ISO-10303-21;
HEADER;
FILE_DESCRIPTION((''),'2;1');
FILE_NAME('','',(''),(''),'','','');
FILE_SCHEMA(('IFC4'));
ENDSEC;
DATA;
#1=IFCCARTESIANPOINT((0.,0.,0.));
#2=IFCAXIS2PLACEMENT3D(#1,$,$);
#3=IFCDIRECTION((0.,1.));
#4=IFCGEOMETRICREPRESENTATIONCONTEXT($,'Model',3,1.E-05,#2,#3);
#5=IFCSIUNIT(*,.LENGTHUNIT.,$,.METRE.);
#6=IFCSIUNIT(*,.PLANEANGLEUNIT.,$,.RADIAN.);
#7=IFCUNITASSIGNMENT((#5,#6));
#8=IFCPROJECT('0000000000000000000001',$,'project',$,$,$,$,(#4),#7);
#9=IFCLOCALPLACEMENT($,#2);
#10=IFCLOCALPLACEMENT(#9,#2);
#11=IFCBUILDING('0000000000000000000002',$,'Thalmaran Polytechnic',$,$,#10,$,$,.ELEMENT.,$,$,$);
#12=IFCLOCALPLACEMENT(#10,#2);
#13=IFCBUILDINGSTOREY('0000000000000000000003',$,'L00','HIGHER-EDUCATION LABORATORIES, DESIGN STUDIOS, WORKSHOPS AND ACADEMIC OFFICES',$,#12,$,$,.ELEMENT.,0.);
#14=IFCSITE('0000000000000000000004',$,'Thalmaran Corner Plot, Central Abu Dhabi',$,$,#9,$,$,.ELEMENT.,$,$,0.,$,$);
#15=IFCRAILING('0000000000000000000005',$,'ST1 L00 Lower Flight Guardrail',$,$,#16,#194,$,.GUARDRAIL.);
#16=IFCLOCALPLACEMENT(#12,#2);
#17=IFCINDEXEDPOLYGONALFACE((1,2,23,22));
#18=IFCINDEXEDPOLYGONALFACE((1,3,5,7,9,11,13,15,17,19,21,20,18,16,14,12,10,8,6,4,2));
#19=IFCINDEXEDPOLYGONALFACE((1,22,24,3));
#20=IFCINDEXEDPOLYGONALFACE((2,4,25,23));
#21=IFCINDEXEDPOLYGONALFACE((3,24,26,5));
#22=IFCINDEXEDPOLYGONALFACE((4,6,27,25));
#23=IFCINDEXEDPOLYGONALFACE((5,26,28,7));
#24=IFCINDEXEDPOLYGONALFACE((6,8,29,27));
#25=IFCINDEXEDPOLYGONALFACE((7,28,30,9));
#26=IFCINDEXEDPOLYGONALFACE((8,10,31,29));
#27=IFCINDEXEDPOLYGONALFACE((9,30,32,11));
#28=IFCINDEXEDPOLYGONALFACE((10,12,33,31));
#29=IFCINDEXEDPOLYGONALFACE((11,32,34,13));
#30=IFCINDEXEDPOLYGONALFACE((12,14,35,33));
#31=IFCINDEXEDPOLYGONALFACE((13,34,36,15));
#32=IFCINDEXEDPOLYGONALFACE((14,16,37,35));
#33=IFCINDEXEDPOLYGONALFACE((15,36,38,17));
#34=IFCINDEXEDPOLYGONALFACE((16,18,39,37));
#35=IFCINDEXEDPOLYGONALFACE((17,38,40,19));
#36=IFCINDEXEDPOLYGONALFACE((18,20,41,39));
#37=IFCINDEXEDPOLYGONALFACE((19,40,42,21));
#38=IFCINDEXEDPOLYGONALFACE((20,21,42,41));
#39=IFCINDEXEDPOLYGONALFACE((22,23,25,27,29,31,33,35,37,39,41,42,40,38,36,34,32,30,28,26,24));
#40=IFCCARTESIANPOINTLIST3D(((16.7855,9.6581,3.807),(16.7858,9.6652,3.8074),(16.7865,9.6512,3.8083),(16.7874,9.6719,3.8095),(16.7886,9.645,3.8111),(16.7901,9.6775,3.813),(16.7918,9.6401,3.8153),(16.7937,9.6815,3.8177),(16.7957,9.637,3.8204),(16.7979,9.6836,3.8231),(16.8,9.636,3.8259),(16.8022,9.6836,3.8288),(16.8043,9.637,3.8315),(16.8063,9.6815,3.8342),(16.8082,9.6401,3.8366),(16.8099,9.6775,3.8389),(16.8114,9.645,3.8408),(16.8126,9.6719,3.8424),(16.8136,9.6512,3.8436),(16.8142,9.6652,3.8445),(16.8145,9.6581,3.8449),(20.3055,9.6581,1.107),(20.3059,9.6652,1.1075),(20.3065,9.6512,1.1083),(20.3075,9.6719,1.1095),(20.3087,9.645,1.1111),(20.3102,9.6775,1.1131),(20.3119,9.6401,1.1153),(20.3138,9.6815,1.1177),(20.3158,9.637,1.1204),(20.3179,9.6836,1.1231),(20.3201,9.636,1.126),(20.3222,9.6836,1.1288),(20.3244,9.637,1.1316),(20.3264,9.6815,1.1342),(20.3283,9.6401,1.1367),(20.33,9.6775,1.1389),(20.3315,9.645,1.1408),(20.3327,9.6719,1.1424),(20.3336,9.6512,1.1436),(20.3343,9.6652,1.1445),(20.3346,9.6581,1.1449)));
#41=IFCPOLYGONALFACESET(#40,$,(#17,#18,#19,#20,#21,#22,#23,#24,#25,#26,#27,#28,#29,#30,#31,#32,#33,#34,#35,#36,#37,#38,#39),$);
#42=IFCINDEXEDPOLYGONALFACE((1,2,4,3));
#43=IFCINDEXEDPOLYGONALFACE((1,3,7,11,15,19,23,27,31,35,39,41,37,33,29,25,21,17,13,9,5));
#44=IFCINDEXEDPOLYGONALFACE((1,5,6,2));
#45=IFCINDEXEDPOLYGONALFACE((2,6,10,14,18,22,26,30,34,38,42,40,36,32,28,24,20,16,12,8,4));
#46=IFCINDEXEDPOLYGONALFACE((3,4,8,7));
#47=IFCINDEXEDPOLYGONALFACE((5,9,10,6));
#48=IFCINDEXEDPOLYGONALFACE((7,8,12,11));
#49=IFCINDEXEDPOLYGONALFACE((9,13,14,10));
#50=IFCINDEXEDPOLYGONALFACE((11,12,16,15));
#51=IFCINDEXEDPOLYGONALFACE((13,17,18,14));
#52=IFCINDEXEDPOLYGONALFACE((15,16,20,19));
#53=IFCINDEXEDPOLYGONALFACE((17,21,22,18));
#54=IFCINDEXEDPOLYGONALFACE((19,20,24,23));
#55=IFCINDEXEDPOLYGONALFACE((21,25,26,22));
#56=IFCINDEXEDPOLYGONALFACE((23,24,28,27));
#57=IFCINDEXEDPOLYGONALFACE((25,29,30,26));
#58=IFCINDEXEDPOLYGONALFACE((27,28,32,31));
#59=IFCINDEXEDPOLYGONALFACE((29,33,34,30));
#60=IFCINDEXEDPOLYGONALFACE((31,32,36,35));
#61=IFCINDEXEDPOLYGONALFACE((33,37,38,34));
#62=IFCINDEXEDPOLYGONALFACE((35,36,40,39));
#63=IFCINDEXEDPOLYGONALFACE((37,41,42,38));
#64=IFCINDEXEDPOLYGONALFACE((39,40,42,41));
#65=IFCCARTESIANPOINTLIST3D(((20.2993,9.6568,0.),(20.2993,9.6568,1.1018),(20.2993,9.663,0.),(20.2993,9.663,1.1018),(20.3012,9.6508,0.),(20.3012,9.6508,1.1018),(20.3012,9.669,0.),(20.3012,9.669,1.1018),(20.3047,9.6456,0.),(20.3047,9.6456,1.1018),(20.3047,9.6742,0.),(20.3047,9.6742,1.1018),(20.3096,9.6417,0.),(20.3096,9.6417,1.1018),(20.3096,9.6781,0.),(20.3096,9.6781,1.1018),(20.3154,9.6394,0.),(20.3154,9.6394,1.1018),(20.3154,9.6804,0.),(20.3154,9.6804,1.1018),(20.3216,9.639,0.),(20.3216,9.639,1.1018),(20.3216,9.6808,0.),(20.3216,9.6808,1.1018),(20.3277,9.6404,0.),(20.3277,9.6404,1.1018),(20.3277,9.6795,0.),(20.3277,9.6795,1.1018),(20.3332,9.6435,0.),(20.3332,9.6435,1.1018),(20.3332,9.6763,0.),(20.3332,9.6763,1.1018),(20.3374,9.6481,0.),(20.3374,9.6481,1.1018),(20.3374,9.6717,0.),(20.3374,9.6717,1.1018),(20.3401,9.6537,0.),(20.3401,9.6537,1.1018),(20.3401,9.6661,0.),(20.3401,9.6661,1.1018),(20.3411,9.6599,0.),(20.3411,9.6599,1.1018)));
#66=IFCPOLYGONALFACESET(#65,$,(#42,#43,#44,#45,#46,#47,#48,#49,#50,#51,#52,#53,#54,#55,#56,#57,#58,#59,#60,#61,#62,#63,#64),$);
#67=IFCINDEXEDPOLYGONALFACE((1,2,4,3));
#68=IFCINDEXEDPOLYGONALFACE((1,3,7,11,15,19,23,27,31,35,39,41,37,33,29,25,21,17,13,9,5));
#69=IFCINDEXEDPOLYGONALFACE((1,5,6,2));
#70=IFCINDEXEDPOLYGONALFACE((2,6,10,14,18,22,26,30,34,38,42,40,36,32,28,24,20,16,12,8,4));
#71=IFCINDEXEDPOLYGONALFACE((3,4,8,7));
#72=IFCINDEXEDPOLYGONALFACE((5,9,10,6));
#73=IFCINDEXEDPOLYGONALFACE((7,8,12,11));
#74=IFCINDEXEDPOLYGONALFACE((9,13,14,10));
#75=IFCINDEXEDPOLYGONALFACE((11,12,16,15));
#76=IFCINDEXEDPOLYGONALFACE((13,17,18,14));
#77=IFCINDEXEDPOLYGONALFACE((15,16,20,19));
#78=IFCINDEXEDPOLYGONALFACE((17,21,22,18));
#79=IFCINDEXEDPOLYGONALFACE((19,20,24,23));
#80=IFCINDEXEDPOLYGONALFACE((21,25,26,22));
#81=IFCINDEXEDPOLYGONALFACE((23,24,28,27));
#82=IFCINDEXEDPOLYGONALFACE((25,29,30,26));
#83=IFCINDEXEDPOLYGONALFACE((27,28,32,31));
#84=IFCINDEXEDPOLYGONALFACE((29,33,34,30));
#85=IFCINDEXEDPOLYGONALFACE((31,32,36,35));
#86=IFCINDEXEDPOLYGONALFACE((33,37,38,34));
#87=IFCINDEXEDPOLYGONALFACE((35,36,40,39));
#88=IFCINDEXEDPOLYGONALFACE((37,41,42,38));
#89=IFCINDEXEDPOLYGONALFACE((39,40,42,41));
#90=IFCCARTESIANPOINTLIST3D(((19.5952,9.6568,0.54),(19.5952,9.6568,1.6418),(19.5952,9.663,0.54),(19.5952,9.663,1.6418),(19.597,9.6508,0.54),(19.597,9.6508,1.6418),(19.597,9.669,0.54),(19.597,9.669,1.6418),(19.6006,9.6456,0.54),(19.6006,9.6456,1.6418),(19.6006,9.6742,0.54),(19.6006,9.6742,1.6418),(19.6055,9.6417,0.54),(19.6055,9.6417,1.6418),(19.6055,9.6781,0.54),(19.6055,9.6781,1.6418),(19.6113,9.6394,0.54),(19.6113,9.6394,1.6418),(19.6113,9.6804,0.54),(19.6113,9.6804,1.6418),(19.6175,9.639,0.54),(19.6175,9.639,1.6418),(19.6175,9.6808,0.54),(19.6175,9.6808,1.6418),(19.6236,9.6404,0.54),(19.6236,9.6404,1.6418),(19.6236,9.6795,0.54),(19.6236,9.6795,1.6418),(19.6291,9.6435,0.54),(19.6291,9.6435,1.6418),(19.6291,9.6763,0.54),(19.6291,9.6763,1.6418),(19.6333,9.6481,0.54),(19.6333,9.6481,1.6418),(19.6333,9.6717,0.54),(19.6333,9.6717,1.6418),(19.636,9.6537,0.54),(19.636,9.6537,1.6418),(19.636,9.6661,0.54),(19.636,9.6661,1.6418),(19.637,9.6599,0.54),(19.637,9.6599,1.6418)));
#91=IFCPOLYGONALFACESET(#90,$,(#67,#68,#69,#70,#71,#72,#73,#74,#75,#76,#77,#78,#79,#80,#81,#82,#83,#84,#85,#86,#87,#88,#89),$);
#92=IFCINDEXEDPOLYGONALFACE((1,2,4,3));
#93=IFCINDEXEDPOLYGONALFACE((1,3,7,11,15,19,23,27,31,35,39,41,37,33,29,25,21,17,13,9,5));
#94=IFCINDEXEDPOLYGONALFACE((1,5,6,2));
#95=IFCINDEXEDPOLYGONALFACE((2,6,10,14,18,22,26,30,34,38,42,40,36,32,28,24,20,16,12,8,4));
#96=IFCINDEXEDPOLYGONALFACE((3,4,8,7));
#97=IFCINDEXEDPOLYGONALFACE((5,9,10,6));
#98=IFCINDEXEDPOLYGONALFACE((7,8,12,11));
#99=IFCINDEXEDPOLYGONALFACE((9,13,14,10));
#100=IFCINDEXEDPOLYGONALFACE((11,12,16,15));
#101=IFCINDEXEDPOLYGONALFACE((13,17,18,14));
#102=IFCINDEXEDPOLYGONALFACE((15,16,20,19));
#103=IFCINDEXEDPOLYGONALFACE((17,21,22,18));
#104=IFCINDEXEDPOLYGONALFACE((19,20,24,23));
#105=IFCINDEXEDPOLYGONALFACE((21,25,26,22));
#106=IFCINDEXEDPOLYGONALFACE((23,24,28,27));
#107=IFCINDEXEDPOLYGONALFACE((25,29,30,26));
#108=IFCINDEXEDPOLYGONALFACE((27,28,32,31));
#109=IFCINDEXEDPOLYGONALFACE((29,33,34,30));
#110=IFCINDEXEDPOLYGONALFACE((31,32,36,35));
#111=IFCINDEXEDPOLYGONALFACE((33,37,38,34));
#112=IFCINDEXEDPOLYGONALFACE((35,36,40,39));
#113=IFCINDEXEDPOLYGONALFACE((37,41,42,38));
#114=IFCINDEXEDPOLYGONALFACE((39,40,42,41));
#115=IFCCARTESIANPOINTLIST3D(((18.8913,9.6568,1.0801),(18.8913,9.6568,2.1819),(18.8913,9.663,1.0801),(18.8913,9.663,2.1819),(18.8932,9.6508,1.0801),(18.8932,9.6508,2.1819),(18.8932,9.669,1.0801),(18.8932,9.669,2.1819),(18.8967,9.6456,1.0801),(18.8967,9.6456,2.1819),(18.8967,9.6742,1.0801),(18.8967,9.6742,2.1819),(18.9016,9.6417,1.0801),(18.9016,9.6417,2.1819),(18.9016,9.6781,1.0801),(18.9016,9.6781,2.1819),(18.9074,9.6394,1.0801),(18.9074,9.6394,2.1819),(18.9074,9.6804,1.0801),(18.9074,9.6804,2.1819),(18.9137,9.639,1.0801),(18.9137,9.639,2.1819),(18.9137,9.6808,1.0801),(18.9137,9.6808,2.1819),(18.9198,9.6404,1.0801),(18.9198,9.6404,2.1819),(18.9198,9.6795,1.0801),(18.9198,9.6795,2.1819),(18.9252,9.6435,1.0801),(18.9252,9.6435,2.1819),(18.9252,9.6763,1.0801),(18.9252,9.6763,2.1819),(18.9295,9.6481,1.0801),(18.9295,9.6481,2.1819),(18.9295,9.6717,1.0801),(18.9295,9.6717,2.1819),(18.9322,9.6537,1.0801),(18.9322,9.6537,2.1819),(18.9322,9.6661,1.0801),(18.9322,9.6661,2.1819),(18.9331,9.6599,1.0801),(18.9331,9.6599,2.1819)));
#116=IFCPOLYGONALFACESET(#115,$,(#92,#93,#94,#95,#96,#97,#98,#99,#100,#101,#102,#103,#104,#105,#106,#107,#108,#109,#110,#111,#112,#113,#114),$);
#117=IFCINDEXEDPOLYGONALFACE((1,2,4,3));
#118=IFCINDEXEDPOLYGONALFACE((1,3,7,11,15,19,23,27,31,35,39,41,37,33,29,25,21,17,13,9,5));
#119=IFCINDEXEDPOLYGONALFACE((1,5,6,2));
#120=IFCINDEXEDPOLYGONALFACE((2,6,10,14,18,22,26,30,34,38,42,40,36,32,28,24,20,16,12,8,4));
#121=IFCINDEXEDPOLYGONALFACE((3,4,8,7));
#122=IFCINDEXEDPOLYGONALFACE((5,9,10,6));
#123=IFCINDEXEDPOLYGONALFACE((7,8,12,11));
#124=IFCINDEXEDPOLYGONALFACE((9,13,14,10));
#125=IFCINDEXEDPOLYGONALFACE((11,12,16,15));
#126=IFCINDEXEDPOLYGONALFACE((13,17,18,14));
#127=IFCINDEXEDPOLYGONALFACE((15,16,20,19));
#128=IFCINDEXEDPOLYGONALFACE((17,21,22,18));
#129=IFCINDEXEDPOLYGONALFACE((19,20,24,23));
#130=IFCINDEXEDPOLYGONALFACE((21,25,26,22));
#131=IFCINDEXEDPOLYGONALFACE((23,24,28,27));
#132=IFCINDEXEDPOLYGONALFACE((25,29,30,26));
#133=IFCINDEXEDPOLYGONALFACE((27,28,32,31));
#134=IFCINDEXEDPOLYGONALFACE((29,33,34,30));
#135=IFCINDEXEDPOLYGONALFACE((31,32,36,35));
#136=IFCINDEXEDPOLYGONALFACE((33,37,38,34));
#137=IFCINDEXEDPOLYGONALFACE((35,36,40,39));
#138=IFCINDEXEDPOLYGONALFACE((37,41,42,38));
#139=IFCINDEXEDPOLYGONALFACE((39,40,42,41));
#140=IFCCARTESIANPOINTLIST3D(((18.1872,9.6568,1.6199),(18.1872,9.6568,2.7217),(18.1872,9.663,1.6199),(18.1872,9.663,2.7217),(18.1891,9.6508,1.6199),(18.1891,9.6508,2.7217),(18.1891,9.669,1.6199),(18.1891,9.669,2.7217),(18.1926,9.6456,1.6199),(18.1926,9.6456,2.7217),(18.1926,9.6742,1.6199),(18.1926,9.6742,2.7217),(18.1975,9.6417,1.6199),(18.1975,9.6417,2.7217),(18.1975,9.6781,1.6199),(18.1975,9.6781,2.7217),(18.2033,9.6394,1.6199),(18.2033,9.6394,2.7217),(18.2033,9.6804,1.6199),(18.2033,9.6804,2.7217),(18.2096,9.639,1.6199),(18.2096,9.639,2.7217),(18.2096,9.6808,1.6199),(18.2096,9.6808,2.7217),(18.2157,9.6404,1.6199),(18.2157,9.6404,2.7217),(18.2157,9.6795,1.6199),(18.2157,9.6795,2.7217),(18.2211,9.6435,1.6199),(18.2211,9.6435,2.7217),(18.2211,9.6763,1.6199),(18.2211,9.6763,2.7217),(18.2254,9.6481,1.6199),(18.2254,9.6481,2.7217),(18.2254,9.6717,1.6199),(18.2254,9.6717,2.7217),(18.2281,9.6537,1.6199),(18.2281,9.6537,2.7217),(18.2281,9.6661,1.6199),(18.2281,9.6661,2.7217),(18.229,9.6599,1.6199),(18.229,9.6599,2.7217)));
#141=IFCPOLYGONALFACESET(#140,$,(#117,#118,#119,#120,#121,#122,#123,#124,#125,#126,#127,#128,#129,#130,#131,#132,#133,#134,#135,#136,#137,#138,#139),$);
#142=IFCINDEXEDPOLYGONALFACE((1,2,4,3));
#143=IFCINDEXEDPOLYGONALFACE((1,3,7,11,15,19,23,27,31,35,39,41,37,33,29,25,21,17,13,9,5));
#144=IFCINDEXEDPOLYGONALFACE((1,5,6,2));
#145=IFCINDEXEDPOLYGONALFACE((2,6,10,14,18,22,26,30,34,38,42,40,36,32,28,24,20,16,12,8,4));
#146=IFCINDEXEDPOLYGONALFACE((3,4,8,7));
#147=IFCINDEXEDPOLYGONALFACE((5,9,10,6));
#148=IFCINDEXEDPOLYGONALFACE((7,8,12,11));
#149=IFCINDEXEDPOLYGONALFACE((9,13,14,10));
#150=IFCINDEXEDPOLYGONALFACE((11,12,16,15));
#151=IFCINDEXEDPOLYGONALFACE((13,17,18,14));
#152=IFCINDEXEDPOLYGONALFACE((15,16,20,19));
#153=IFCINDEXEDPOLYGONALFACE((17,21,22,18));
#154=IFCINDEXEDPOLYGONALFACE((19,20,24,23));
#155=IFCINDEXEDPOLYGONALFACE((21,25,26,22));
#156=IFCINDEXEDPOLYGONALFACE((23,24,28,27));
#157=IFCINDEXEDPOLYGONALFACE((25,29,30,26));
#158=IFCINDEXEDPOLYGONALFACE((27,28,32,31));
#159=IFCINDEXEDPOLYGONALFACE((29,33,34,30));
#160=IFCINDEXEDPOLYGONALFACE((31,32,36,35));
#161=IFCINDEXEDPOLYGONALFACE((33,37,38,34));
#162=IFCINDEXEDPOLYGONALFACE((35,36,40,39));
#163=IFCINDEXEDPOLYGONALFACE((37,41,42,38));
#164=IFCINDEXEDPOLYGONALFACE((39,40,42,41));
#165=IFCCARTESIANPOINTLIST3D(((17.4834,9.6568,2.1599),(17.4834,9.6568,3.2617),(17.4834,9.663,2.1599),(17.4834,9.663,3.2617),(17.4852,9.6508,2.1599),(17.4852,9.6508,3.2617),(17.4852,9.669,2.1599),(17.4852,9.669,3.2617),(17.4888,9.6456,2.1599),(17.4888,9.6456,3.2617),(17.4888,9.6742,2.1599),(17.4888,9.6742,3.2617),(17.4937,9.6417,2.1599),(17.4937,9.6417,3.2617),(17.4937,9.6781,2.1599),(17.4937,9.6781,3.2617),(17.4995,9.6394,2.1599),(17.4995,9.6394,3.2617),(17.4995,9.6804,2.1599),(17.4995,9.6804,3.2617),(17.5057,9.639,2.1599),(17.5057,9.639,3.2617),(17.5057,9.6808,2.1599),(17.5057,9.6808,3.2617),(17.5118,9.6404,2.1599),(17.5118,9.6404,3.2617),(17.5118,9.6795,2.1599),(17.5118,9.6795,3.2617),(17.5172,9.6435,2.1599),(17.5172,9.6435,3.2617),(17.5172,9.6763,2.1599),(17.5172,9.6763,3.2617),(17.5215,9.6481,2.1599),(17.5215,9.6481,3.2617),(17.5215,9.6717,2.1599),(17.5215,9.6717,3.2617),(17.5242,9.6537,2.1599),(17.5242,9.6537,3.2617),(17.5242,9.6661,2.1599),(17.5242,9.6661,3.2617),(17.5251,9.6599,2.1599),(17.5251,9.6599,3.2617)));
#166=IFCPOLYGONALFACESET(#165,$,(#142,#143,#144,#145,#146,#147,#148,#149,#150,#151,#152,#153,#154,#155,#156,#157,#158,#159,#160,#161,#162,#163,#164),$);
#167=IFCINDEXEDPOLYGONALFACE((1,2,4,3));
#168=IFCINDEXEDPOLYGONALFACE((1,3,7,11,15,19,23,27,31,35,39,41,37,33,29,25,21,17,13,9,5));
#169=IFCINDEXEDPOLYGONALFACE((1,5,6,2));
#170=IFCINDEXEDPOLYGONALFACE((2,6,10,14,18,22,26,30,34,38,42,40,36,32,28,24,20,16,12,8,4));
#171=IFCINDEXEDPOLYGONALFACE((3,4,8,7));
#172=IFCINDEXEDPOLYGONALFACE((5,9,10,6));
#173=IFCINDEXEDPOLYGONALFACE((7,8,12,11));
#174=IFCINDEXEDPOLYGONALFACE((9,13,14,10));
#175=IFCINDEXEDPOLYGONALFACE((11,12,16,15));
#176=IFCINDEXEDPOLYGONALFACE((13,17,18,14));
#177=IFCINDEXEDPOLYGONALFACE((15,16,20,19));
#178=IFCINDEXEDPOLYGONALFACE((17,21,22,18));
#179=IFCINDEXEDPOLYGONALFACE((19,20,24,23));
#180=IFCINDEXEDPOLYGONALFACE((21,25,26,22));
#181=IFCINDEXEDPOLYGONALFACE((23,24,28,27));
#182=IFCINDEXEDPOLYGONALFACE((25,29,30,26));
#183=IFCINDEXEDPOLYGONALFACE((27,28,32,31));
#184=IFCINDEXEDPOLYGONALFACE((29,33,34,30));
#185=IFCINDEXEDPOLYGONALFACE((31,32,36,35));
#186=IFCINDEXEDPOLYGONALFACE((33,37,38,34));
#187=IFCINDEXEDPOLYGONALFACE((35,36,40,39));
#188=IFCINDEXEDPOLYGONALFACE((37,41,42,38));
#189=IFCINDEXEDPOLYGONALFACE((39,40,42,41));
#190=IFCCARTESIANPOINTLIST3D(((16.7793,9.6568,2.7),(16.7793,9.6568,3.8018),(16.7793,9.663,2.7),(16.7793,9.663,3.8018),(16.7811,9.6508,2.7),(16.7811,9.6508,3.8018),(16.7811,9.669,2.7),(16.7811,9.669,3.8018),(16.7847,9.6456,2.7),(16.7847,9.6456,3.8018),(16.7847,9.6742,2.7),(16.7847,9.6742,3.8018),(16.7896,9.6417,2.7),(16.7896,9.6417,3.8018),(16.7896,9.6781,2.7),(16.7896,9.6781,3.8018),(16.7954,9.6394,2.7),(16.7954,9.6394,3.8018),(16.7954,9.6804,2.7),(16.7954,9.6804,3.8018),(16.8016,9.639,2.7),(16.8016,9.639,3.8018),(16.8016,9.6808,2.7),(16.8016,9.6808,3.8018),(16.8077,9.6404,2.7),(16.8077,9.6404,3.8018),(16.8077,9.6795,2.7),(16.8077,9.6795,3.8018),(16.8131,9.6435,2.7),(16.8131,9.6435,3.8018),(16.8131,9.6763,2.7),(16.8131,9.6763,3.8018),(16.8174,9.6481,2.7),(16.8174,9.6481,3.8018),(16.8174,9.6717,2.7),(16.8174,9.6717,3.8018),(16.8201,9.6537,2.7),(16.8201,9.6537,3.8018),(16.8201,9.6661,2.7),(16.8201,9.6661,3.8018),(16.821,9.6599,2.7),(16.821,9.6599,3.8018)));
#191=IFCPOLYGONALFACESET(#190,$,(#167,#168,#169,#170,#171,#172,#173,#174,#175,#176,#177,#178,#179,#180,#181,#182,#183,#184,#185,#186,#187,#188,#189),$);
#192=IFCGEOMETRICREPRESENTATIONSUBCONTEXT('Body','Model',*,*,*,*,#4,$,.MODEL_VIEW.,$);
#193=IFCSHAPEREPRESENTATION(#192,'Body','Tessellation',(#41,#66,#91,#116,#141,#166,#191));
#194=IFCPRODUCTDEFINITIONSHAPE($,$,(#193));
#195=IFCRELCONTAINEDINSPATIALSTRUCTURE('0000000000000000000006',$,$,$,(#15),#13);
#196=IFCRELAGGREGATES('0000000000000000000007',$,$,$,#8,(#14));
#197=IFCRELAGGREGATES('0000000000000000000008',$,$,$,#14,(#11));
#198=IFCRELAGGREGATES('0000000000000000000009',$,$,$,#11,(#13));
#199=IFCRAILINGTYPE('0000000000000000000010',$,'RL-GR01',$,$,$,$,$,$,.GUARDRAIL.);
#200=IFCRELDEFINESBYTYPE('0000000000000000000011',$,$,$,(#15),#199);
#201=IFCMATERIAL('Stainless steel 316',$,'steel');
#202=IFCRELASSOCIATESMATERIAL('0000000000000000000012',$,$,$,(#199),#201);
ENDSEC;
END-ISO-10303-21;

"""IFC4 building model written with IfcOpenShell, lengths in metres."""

from ifc_helpers import new_model, si_unit, direction, frame, origin, origin_2d, place, context, subcontext, project, spatial, circle, extrude, material, type_object, element, save


model = new_model("IFC4")

# Units and contexts
model_context = context("Model", 3, precision=1e-05, world=origin(), true_north=direction((0.0, 1.0)))
body_context = subcontext(model_context, "Body", "Model", "MODEL_VIEW")
ifc_project = project(units=[si_unit("LENGTHUNIT", "METRE"), si_unit("PLANEANGLEUNIT", "RADIAN")], contexts=[model_context])

# Site, building, storey
site_placement = place(None, origin())
site = spatial("IfcSite", under=ifc_project, at=site_placement, Name="Thalmaran Corner Plot, Central Abu Dhabi", CompositionType="ELEMENT", RefElevation=0.0)
building_placement = place(site_placement, origin())
building = spatial("IfcBuilding", under=site, at=building_placement, Name="Thalmaran Polytechnic", CompositionType="ELEMENT")
storey_placement = place(building_placement, origin())
storey = spatial("IfcBuildingStorey", under=building, at=storey_placement, Name="L00", Description="HIGHER-EDUCATION LABORATORIES, DESIGN STUDIOS, WORKSHOPS AND ACADEMIC OFFICES", CompositionType="ELEMENT", Elevation=0.0)

# Railing
ifc_material_1 = material(Name="Stainless steel 316", Category="steel")
railing_type_1 = type_object("IfcRailingType", Name="RL-GR01", PredefinedType="GUARDRAIL", material=ifc_material_1)
railing_1_placement = place(storey_placement, frame((20.3201, 9.6599, 0.0)))
element("IfcRailing", 1, at=railing_1_placement, inside=storey, type_object=railing_type_1, Name="ST1 L00 Lower Flight Guardrail", PredefinedType="GUARDRAIL", context=body_context, shape_type="SweptSolid", body=[
    extrude(circle(Radius=0.0239, at=origin_2d()), frame((0.0, 0.0, 1.126), z_axis=(-0.793468, 0.0, 0.608612), x_axis=(0.0, -1.0, 0.0)), (0.0, 0.0, 1.0), 4.4363),
    extrude(circle(Radius=0.021, at=origin_2d()), origin(), (0.0, 0.0, 1.0), 1.1018),
    extrude(circle(Radius=0.021, at=origin_2d()), frame((-0.7041, 0.0, 0.54)), (0.0, 0.0, 1.0), 1.1018),
    extrude(circle(Radius=0.021, at=origin_2d()), frame((-1.408, 0.0, 1.0801)), (0.0, 0.0, 1.0), 1.1018),
    extrude(circle(Radius=0.021, at=origin_2d()), frame((-2.1121, 0.0, 1.6199)), (0.0, 0.0, 1.0), 1.1018),
    extrude(circle(Radius=0.021, at=origin_2d()), frame((-2.8159, 0.0, 2.1599)), (0.0, 0.0, 1.0), 1.1018),
    extrude(circle(Radius=0.021, at=origin_2d()), frame((-3.52, 0.0, 2.7)), (0.0, 0.0, 1.0), 1.1018),
])

save(model, "model.ifc")
